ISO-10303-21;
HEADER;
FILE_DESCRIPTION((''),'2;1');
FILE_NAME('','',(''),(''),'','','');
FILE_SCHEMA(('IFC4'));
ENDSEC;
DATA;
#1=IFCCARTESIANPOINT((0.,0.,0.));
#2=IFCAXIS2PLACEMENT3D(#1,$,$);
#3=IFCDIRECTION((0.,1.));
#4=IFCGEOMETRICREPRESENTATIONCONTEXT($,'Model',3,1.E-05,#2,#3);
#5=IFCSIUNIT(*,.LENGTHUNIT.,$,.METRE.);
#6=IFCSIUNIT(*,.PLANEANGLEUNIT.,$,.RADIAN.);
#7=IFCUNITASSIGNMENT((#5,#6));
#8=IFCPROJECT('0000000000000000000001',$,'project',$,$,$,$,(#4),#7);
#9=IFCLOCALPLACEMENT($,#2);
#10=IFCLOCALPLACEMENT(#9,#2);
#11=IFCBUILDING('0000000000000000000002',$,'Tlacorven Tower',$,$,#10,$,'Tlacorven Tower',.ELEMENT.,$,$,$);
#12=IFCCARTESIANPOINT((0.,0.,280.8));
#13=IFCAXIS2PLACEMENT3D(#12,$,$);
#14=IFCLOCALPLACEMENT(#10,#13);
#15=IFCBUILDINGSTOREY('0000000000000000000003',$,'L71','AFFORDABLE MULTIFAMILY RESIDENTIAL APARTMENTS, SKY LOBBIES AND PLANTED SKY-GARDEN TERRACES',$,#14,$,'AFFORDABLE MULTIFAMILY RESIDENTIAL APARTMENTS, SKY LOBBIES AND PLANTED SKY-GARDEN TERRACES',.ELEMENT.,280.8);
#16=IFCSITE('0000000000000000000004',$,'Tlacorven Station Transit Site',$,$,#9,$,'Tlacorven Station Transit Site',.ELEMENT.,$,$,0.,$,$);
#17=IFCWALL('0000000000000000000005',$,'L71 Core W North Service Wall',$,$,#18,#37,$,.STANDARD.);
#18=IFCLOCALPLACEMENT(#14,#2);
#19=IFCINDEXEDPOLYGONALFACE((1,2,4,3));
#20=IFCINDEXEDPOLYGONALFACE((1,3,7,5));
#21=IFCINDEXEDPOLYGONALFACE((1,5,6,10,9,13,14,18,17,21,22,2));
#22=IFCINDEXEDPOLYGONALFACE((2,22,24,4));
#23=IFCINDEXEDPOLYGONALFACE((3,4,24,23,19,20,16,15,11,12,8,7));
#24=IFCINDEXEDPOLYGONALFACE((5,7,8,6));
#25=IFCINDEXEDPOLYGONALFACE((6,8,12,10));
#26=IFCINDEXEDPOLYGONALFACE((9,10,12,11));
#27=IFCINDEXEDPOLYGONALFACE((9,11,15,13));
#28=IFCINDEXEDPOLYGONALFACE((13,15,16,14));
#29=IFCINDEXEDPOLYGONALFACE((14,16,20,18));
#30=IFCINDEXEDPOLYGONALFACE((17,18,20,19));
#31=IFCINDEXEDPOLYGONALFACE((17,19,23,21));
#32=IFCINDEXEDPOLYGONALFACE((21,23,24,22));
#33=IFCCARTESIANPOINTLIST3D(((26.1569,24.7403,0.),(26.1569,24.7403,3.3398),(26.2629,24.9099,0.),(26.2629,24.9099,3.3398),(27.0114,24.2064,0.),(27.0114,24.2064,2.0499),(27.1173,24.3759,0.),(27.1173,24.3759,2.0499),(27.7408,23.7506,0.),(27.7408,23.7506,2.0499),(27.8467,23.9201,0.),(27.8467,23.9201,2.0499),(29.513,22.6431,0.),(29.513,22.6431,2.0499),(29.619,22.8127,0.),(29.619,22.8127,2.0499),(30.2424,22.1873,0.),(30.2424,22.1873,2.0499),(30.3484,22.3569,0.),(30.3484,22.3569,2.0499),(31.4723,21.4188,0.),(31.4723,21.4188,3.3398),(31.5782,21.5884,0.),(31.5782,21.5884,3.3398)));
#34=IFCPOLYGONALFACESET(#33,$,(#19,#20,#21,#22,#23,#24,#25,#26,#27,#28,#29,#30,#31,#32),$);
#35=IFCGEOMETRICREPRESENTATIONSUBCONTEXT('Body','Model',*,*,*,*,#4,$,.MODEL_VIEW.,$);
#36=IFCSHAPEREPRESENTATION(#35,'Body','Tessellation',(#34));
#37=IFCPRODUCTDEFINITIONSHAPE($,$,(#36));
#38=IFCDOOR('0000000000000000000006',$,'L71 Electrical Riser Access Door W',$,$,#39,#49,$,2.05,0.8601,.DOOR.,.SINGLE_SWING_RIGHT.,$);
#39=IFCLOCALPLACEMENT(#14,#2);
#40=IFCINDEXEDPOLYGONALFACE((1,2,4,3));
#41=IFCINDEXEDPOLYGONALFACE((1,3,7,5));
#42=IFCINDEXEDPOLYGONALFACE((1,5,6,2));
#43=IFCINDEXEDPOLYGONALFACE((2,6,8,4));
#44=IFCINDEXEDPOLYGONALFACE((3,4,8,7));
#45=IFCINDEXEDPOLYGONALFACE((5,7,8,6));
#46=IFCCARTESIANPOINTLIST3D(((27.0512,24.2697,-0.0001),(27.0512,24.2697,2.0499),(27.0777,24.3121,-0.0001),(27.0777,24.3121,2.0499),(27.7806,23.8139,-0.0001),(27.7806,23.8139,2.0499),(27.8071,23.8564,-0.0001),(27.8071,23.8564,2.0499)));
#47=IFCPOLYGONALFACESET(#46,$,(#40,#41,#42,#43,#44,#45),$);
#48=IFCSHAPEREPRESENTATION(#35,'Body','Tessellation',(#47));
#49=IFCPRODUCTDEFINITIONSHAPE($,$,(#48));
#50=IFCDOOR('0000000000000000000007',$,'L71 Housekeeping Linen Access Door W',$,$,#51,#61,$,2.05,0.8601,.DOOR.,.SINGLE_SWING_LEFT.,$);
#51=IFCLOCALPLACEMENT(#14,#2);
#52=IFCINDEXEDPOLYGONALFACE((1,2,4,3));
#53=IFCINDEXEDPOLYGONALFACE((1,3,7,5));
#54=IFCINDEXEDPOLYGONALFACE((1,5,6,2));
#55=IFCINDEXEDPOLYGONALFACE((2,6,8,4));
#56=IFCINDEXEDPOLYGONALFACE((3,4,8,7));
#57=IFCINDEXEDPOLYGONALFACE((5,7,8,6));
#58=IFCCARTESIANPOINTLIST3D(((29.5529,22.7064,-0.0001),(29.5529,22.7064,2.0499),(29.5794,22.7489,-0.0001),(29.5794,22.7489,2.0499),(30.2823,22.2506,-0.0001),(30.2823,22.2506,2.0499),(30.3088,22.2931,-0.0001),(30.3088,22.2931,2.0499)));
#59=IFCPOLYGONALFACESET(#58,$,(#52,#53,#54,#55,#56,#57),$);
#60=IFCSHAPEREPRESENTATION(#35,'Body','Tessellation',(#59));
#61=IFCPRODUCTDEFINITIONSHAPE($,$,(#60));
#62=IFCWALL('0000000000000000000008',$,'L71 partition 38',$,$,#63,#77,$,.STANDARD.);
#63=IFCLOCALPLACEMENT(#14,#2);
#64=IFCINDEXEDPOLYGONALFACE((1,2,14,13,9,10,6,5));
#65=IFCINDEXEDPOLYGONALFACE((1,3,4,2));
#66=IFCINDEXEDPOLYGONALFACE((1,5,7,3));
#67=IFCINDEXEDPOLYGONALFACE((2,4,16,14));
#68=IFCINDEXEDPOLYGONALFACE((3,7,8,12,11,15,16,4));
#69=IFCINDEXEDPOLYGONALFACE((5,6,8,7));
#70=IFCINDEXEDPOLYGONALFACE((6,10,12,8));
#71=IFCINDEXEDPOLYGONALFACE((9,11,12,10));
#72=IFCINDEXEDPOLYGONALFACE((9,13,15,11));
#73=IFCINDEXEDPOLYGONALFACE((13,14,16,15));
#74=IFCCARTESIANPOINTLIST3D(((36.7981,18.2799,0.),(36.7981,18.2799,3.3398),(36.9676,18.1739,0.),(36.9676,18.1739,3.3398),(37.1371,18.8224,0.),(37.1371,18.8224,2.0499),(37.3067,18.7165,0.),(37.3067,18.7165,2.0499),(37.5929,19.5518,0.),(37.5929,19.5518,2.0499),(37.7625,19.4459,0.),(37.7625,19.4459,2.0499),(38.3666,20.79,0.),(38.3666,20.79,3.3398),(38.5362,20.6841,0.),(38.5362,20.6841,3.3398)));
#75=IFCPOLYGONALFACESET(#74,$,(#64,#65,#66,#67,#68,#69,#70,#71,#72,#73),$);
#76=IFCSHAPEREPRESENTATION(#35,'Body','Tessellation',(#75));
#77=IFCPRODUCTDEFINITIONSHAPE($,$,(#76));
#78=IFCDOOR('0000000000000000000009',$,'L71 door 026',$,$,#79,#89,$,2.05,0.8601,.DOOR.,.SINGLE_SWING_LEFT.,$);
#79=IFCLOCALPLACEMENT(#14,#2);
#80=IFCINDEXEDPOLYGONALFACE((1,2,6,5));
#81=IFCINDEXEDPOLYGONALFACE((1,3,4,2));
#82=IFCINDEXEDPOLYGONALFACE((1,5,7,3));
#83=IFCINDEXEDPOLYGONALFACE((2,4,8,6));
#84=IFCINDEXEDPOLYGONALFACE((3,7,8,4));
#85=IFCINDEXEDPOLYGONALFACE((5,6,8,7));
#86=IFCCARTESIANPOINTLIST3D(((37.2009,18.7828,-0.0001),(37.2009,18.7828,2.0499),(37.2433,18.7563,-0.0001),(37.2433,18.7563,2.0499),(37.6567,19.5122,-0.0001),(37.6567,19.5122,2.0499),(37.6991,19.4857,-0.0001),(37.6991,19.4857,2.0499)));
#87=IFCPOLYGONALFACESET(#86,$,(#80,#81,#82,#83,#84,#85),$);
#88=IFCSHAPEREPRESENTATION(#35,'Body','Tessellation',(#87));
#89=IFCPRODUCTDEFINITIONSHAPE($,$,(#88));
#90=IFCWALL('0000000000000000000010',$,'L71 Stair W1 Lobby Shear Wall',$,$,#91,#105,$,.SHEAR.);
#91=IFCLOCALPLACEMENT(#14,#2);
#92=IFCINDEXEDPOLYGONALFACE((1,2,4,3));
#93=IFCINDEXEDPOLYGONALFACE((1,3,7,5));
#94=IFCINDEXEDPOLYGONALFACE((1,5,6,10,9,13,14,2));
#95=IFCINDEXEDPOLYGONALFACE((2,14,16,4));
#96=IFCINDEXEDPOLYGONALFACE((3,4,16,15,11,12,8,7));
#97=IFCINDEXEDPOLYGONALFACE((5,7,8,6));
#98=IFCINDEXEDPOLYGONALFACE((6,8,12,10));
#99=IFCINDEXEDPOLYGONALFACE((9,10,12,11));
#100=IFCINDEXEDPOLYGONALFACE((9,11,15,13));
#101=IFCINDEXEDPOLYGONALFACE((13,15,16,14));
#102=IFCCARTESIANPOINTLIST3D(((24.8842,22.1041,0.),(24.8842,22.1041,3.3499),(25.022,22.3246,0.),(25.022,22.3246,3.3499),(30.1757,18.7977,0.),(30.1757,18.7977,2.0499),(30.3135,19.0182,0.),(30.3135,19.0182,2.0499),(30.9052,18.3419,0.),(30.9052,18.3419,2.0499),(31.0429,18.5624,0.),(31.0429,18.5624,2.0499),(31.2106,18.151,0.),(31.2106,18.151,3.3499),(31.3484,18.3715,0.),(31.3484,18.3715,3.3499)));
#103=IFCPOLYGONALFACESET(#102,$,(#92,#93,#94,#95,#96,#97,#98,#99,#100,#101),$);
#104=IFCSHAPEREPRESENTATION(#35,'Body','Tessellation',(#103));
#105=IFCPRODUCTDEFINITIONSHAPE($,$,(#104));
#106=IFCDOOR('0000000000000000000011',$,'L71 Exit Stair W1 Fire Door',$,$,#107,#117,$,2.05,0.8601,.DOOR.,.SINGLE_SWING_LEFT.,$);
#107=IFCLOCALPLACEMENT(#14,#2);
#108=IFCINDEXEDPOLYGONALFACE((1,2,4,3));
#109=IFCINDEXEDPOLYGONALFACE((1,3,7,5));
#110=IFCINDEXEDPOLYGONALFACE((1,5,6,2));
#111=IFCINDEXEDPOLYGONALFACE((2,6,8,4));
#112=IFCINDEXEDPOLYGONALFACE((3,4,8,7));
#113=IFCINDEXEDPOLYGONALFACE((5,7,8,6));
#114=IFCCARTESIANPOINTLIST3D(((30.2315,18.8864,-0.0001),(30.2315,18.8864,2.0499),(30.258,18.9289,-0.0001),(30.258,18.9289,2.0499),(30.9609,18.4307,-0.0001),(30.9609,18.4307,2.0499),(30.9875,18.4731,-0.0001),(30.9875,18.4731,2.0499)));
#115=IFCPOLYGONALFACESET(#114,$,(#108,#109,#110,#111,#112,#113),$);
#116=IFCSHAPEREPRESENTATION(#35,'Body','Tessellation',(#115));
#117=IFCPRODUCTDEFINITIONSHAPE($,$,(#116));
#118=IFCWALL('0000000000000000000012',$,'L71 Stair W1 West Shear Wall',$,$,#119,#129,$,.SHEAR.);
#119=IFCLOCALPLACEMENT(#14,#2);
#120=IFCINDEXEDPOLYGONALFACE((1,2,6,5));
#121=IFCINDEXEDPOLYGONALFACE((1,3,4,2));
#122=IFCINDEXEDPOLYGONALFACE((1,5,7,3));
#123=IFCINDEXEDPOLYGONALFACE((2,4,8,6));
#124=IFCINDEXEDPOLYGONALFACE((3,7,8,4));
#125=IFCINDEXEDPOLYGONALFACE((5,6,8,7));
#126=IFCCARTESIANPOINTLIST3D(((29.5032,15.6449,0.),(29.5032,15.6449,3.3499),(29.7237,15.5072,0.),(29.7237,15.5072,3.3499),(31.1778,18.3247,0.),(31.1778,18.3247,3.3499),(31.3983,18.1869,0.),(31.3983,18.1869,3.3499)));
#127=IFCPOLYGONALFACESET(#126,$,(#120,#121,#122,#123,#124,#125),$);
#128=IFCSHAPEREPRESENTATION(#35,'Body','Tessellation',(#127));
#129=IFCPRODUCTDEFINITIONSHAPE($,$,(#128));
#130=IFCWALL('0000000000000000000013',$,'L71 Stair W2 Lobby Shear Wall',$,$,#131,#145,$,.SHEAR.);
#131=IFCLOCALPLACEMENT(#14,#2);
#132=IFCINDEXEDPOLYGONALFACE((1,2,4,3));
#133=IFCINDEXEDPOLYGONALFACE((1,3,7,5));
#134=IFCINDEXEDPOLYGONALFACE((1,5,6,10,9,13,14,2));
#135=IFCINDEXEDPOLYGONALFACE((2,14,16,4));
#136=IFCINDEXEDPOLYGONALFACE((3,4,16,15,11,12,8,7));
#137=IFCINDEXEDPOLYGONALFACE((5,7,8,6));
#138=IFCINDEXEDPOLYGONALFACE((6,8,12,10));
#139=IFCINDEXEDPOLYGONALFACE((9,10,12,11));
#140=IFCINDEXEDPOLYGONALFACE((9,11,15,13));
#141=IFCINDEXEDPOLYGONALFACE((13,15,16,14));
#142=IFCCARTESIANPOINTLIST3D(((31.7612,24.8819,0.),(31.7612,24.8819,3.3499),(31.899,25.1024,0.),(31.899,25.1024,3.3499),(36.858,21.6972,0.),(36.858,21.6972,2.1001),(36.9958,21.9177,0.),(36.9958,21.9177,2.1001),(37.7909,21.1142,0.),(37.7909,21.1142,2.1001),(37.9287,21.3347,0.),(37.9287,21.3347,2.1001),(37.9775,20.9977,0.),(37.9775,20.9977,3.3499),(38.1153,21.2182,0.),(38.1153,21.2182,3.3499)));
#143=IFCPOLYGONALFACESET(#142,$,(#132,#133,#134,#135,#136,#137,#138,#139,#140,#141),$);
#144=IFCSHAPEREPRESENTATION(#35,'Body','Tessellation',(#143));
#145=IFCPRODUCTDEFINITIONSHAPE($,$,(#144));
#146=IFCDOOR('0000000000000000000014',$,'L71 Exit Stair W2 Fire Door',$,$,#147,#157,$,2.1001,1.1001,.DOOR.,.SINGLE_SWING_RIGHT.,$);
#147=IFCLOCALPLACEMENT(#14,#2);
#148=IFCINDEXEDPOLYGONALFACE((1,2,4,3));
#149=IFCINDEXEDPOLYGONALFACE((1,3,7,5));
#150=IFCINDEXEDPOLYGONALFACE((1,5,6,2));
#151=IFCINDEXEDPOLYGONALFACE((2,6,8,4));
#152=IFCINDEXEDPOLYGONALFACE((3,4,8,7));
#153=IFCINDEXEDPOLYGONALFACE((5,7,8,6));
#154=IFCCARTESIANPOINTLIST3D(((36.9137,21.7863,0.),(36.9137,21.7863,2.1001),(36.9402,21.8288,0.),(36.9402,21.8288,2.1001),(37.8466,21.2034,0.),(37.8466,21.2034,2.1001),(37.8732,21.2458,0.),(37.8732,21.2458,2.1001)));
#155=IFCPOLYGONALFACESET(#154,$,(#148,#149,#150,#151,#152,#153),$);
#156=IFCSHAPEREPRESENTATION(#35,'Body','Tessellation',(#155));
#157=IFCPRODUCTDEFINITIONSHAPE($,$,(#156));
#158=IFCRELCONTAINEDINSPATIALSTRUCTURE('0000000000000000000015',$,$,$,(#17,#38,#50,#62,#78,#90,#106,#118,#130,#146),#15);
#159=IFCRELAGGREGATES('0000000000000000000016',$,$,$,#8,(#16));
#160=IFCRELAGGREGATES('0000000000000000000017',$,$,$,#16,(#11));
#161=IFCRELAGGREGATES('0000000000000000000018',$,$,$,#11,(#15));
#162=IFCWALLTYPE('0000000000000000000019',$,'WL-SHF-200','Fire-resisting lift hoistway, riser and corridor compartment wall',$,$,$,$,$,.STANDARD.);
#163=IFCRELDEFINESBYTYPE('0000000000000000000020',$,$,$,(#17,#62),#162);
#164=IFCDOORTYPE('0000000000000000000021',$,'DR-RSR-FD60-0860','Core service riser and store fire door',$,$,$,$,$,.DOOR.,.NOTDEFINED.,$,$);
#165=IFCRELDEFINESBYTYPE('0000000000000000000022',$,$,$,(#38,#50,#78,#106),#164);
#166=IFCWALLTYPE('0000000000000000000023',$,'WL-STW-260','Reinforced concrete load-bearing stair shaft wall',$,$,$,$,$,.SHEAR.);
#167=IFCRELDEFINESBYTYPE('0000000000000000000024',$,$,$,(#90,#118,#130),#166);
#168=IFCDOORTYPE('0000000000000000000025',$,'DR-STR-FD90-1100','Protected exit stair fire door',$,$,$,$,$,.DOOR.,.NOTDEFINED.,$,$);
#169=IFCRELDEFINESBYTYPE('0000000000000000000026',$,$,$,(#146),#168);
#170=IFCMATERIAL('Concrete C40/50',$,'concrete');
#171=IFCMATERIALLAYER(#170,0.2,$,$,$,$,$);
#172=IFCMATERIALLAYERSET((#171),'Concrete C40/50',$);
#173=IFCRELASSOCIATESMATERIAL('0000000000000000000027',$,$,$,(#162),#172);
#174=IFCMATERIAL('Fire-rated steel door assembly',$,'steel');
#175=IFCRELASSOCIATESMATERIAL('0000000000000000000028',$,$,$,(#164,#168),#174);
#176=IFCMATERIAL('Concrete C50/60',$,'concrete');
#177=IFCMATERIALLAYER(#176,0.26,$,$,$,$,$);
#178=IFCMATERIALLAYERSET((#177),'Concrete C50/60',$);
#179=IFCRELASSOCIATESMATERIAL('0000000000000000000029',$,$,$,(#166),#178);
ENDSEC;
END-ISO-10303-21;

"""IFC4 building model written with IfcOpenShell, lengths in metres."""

from ifc_helpers import new_model, si_unit, direction, frame, frame_2d, origin, place, context, subcontext, project, spatial, rectangle, extrude, source, transform, mapped, material, layer, layer_set, type_object, element, fill, save


model = new_model("IFC4")

# Units and contexts
model_context = context("Model", 3, precision=1e-05, world=origin(), true_north=direction((0.0, 1.0)))
body_context = subcontext(model_context, "Body", "Model", "MODEL_VIEW")
ifc_project = project(units=[si_unit("LENGTHUNIT", "METRE"), si_unit("PLANEANGLEUNIT", "RADIAN")], contexts=[model_context])

# Site, building, storey
site_placement = place(None, origin())
site = spatial("IfcSite", under=ifc_project, at=site_placement, Name="Tlacorven Station Transit Site", LongName="Tlacorven Station Transit Site", CompositionType="ELEMENT", RefElevation=0.0)
building_placement = place(site_placement, origin())
building = spatial("IfcBuilding", under=site, at=building_placement, Name="Tlacorven Tower", LongName="Tlacorven Tower", CompositionType="ELEMENT")
storey_placement = place(building_placement, frame((0.0, 0.0, 280.8)))
storey = spatial("IfcBuildingStorey", under=building, at=storey_placement, Name="L71", Description="AFFORDABLE MULTIFAMILY RESIDENTIAL APARTMENTS, SKY LOBBIES AND PLANTED SKY-GARDEN TERRACES", LongName="AFFORDABLE MULTIFAMILY RESIDENTIAL APARTMENTS, SKY LOBBIES AND PLANTED SKY-GARDEN TERRACES", CompositionType="ELEMENT", Elevation=280.8)

# Shared definitions
ifc_material_1 = material(Name="Concrete C50/60", Category="concrete")

# Shared definitions
ifc_material_2 = material(Name="Concrete C40/50", Category="concrete")
ifc_layer_1 = layer(ifc_material_2, 0.2)
ifc_layer_set_1 = layer_set([ifc_layer_1], Name="Concrete C40/50")
wall_type_1 = type_object("IfcWallType", Name="WL-SHF-200", Description="Fire-resisting lift hoistway, riser and corridor compartment wall", PredefinedType="STANDARD", material=ifc_layer_set_1)
ifc_material_3 = material(Name="Fire-rated steel door assembly", Category="steel")

# Wall, openings, doors
wall_1_placement = place(storey_placement, frame((31.5251, 21.5037, 0.0), z_axis=(0.0, 0.0, 1.0), x_axis=(-0.848042, 0.529929, 0.0)))
wall_1 = element("IfcWall", 1, at=wall_1_placement, inside=storey, type_object=wall_type_1, Name="L71 Core W North Service Wall", PredefinedType="STANDARD", context=body_context, shape_type="SweptSolid", body=[
    extrude(rectangle(XDim=6.2678, YDim=0.2, at=frame_2d((3.1338, 0.0))), origin(), (0.0, 0.0, 1.0), 3.3398),
])
opening_1_placement = place(wall_1_placement, frame((4.3999, 0.0, 0.0)))
opening_1 = element("IfcOpeningElement", 2, at=opening_1_placement, cuts=wall_1, PredefinedType="OPENING", context=body_context, shape_type="SweptSolid", body=[
    extrude(rectangle(XDim=0.8601, YDim=2.05, at=frame_2d((0.4302, 1.0249))), frame((0.0, 0.1099, 0.0), z_axis=(0.0, -1.0, 0.0), x_axis=(1.0, 0.0, 0.0)), (0.0, 0.0, 1.0), 0.22),
])
opening_2_placement = place(wall_1_placement, frame((1.45, 0.0, 0.0)))
opening_2 = element("IfcOpeningElement", 3, at=opening_2_placement, cuts=wall_1, PredefinedType="OPENING", context=body_context, shape_type="SweptSolid", body=[
    extrude(rectangle(XDim=0.8601, YDim=2.05, at=frame_2d((0.4302, 1.0249))), frame((0.0, 0.1099, 0.0), z_axis=(0.0, -1.0, 0.0), x_axis=(1.0, 0.0, 0.0)), (0.0, 0.0, 1.0), 0.22),
])
door_type_1 = type_object("IfcDoorType", Name="DR-RSR-FD60-0860", Description="Core service riser and store fire door", OperationType="NOTDEFINED", PredefinedType="DOOR", material=ifc_material_3)
shared_shape_1 = source(origin(), body_context, "Body", "SweptSolid", [
    extrude(rectangle(XDim=0.8601, YDim=2.05, at=frame_2d((0.4302, 1.0249))), frame((0.0, 0.0249, 0.0), z_axis=(0.0, -1.0, 0.0), x_axis=(1.0, 0.0, 0.0)), (0.0, 0.0, 1.0), 0.05),
])
door_1_placement = place(opening_1_placement, frame((0.8601, 0.0, 0.0), z_axis=(0.0, 0.0, 1.0), x_axis=(-1.0, 0.0, 0.0)))
door_1 = element("IfcDoor", 4, at=door_1_placement, inside=storey, type_object=door_type_1, Name="L71 Electrical Riser Access Door W", OperationType="SINGLE_SWING_RIGHT", OverallHeight=2.05, OverallWidth=0.8601, PredefinedType="DOOR", context=body_context, shape_type="MappedRepresentation", body=[
    mapped(shared_shape_1, transform((0.0, 0.0, 0.0), scale=1.0)),
])
fill(opening_1, door_1)
door_2_placement = place(opening_2_placement, frame((0.8601, 0.0, 0.0), z_axis=(0.0, 0.0, 1.0), x_axis=(-1.0, 0.0, 0.0)))
door_2 = element("IfcDoor", 5, at=door_2_placement, inside=storey, type_object=door_type_1, Name="L71 Housekeeping Linen Access Door W", OperationType="SINGLE_SWING_LEFT", OverallHeight=2.05, OverallWidth=0.8601, PredefinedType="DOOR", context=body_context, shape_type="MappedRepresentation", body=[
    mapped(shared_shape_1, transform((0.0, 0.0, 0.0), scale=1.0)),
])
fill(opening_2, door_2)

# Walls, openings, doors
wall_2_placement = place(storey_placement, frame((38.4514, 20.7371, 0.0), z_axis=(0.0, 0.0, 1.0), x_axis=(-0.529925, -0.848045, 0.0)))
wall_2 = element("IfcWall", 6, at=wall_2_placement, inside=storey, type_object=wall_type_1, Name="L71 partition 38", PredefinedType="STANDARD", context=body_context, shape_type="SweptSolid", body=[
    extrude(rectangle(XDim=2.96, YDim=0.2, at=frame_2d((1.48, 0.0))), origin(), (0.0, 0.0, 1.0), 3.3398),
])
opening_3_placement = place(wall_2_placement, frame((1.46, 0.0, 0.0)))
opening_3 = element("IfcOpeningElement", 7, at=opening_3_placement, cuts=wall_2, PredefinedType="OPENING", context=body_context, shape_type="SweptSolid", body=[
    extrude(rectangle(XDim=0.8601, YDim=2.05, at=frame_2d((0.4302, 1.0249))), frame((0.0, 0.1099, 0.0), z_axis=(0.0, -1.0, 0.0), x_axis=(1.0, 0.0, 0.0)), (0.0, 0.0, 1.0), 0.22),
])
door_3_placement = place(opening_3_placement, frame((0.8601, 0.0, 0.0), z_axis=(0.0, 0.0, 1.0), x_axis=(-1.0, 0.0, 0.0)))
door_3 = element("IfcDoor", 8, at=door_3_placement, inside=storey, type_object=door_type_1, Name="L71 door 026", OperationType="SINGLE_SWING_LEFT", OverallHeight=2.05, OverallWidth=0.8601, PredefinedType="DOOR", context=body_context, shape_type="MappedRepresentation", body=[
    mapped(shared_shape_1, transform((0.0, 0.0, 0.0), scale=1.0)),
])
fill(opening_3, door_3)
ifc_layer_2 = layer(ifc_material_1, 0.26)
ifc_layer_set_2 = layer_set([ifc_layer_2], Name="Concrete C50/60")
wall_type_2 = type_object("IfcWallType", Name="WL-STW-260", Description="Reinforced concrete load-bearing stair shaft wall", PredefinedType="SHEAR", material=ifc_layer_set_2)
wall_3_placement = place(storey_placement, frame((31.2795, 18.2612, 0.0), z_axis=(0.0, 0.0, 1.0), x_axis=(-0.848052, 0.529914, 0.0)))
wall_3 = element("IfcWall", 9, at=wall_3_placement, inside=storey, type_object=wall_type_2, Name="L71 Stair W1 Lobby Shear Wall", PredefinedType="SHEAR", context=body_context, shape_type="SweptSolid", body=[
    extrude(rectangle(XDim=7.46, YDim=0.26, at=frame_2d((3.73, 0.0))), origin(), (0.0, 0.0, 1.0), 3.3499),
])
opening_4_placement = place(wall_3_placement, frame((0.3601, 0.0, 0.0)))
opening_4 = element("IfcOpeningElement", 10, at=opening_4_placement, cuts=wall_3, PredefinedType="OPENING", context=body_context, shape_type="SweptSolid", body=[
    extrude(rectangle(XDim=0.8601, YDim=2.05, at=frame_2d((0.4302, 1.0249))), frame((0.0, 0.1401, 0.0), z_axis=(0.0, -1.0, 0.0), x_axis=(1.0, 0.0, 0.0)), (0.0, 0.0, 1.0), 0.28),
])
door_4_placement = place(opening_4_placement, frame((0.8601, 0.0, 0.0), z_axis=(0.0, 0.0, 1.0), x_axis=(-1.0, 0.0, 0.0)))
door_4 = element("IfcDoor", 11, at=door_4_placement, inside=storey, type_object=door_type_1, Name="L71 Exit Stair W1 Fire Door", OperationType="SINGLE_SWING_LEFT", OverallHeight=2.05, OverallWidth=0.8601, PredefinedType="DOOR", context=body_context, shape_type="MappedRepresentation", body=[
    mapped(shared_shape_1, transform((0.0, 0.0, 0.0), scale=1.0)),
])
fill(opening_4, door_4)

# Wall
wall_4_placement = place(storey_placement, frame((31.2881, 18.2559, 0.0), z_axis=(0.0, 0.0, 1.0), x_axis=(-0.529943, -0.848033, 0.0)))
element("IfcWall", 12, at=wall_4_placement, inside=storey, type_object=wall_type_2, Name="L71 Stair W1 West Shear Wall", PredefinedType="SHEAR", context=body_context, shape_type="SweptSolid", body=[
    extrude(rectangle(XDim=3.1599, YDim=0.26, at=frame_2d((1.5801, 0.0))), origin(), (0.0, 0.0, 1.0), 3.3499),
])

# Wall, opening, door
wall_5_placement = place(storey_placement, frame((38.0464, 21.1079, 0.0), z_axis=(0.0, 0.0, 1.0), x_axis=(-0.848054, 0.529909, 0.0)))
wall_5 = element("IfcWall", 13, at=wall_5_placement, inside=storey, type_object=wall_type_2, Name="L71 Stair W2 Lobby Shear Wall", PredefinedType="SHEAR", context=body_context, shape_type="SweptSolid", body=[
    extrude(rectangle(XDim=7.3301, YDim=0.26, at=frame_2d((3.665, 0.0))), origin(), (0.0, 0.0, 1.0), 3.3499),
])
opening_5_placement = place(wall_5_placement, frame((0.22, 0.0, 0.0)))
opening_5 = element("IfcOpeningElement", 14, at=opening_5_placement, cuts=wall_5, PredefinedType="OPENING", context=body_context, shape_type="SweptSolid", body=[
    extrude(rectangle(XDim=1.1001, YDim=2.1001, at=frame_2d((0.55, 1.05))), frame((0.0, 0.1401, 0.0), z_axis=(0.0, -1.0, 0.0), x_axis=(1.0, 0.0, 0.0)), (0.0, 0.0, 1.0), 0.28),
])
door_type_2 = type_object("IfcDoorType", Name="DR-STR-FD90-1100", Description="Protected exit stair fire door", OperationType="NOTDEFINED", PredefinedType="DOOR", material=ifc_material_3)
shared_shape_2 = source(origin(), body_context, "Body", "SweptSolid", [
    extrude(rectangle(XDim=1.1001, YDim=2.1001, at=frame_2d((0.55, 1.05))), frame((0.0, 0.0249, 0.0), z_axis=(0.0, -1.0, 0.0), x_axis=(1.0, 0.0, 0.0)), (0.0, 0.0, 1.0), 0.05),
])
door_5_placement = place(opening_5_placement, origin())
door_5 = element("IfcDoor", 15, at=door_5_placement, inside=storey, type_object=door_type_2, Name="L71 Exit Stair W2 Fire Door", OperationType="SINGLE_SWING_RIGHT", OverallHeight=2.1001, OverallWidth=1.1001, PredefinedType="DOOR", context=body_context, shape_type="MappedRepresentation", body=[
    mapped(shared_shape_2, transform((0.0, 0.0, 0.0), scale=1.0)),
])
fill(opening_5, door_5)

save(model, "model.ifc")
